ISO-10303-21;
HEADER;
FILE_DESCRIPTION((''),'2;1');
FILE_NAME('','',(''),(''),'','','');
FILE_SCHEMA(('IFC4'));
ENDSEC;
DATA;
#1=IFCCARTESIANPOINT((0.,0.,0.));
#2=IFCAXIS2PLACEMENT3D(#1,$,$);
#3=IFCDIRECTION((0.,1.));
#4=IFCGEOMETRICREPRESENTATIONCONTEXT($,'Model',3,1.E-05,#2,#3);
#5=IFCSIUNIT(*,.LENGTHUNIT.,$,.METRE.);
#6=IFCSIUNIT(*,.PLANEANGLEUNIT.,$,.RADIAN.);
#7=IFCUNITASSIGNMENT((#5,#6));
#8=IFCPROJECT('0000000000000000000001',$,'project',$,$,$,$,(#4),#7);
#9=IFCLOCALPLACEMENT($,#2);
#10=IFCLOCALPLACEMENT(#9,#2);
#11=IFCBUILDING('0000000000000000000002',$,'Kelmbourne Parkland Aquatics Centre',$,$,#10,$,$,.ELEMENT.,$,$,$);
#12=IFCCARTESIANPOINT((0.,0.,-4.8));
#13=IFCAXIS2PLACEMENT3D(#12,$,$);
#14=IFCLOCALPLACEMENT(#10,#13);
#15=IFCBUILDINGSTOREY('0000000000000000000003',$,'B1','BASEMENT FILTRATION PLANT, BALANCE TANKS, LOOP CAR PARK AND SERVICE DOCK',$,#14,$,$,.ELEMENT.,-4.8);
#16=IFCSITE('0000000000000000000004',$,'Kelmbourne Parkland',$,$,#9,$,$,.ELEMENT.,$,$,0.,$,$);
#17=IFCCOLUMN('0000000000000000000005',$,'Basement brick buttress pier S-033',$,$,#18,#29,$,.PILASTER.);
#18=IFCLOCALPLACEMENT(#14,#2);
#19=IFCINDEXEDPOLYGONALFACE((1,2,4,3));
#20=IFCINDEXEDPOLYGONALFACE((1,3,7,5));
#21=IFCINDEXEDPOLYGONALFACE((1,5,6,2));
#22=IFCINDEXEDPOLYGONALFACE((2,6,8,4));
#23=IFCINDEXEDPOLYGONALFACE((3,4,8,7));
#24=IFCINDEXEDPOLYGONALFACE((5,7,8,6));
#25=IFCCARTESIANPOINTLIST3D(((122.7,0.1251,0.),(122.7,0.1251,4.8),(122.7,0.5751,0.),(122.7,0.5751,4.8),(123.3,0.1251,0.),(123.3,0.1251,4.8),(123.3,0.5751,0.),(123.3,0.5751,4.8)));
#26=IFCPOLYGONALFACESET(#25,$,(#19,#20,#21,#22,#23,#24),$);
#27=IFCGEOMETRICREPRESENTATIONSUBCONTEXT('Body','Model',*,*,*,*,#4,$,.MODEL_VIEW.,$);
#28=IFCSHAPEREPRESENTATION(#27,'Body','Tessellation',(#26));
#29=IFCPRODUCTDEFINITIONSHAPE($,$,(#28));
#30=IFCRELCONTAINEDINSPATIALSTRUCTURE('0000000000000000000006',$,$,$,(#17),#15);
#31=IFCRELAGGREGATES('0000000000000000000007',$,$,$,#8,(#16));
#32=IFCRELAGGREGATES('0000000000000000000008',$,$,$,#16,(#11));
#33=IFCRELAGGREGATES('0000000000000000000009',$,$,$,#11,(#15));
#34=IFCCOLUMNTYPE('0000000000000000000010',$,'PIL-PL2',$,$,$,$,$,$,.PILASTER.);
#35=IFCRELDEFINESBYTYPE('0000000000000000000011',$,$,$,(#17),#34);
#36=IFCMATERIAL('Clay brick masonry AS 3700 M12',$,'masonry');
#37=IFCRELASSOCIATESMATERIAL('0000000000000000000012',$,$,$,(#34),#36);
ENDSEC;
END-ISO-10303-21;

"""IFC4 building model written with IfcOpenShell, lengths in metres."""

from ifc_helpers import new_model, si_unit, direction, frame, origin, origin_2d, place, context, subcontext, project, spatial, rectangle, extrude, material, material_profile, profile_set, type_object, element, save


model = new_model("IFC4")

# Units and contexts
model_context = context("Model", 3, precision=1e-05, world=origin(), true_north=direction((0.0, 1.0)))
body_context = subcontext(model_context, "Body", "Model", "MODEL_VIEW")
ifc_project = project(units=[si_unit("LENGTHUNIT", "METRE"), si_unit("PLANEANGLEUNIT", "RADIAN")], contexts=[model_context])

# Site, building, storey
site_placement = place(None, origin())
site = spatial("IfcSite", under=ifc_project, at=site_placement, Name="Kelmbourne Parkland", CompositionType="ELEMENT", RefElevation=0.0)
building_placement = place(site_placement, origin())
building = spatial("IfcBuilding", under=site, at=building_placement, Name="Kelmbourne Parkland Aquatics Centre", CompositionType="ELEMENT")
storey_placement = place(building_placement, frame((0.0, 0.0, -4.8)))
storey = spatial("IfcBuildingStorey", under=building, at=storey_placement, Name="B1", Description="BASEMENT FILTRATION PLANT, BALANCE TANKS, LOOP CAR PARK AND SERVICE DOCK", CompositionType="ELEMENT", Elevation=-4.8)

# Column
ifc_material_1 = material(Name="Clay brick masonry AS 3700 M12", Category="masonry")
ifc_material_profile_1 = material_profile(ifc_material_1, rectangle(XDim=0.45, YDim=0.6001, at=origin_2d()), Name="PIL 450x600")
ifc_profile_set_1 = profile_set([ifc_material_profile_1], Name="Clay brick masonry AS 3700 M12")
column_type_1 = type_object("IfcColumnType", Name="PIL-PL2", PredefinedType="PILASTER", material=ifc_profile_set_1)
for number, where, z_axis, x_axis, name in (
    (1, (123.0, 0.3501, 0.0), (0.0, 0.0, 1.0), (0.0, 1.0, 0.0), "Basement brick buttress pier S-033"),
):
    element("IfcColumn", number, at=place(storey_placement, frame(where, z_axis=z_axis, x_axis=x_axis)), inside=storey, type_object=column_type_1, Name=name, PredefinedType="PILASTER", context=body_context, shape_type="SweptSolid", body=[
        extrude(rectangle(XDim=0.45, YDim=0.6001, at=origin_2d()), origin(), (0.0, 0.0, 1.0), 4.8),
    ])

save(model, "model.ifc")
